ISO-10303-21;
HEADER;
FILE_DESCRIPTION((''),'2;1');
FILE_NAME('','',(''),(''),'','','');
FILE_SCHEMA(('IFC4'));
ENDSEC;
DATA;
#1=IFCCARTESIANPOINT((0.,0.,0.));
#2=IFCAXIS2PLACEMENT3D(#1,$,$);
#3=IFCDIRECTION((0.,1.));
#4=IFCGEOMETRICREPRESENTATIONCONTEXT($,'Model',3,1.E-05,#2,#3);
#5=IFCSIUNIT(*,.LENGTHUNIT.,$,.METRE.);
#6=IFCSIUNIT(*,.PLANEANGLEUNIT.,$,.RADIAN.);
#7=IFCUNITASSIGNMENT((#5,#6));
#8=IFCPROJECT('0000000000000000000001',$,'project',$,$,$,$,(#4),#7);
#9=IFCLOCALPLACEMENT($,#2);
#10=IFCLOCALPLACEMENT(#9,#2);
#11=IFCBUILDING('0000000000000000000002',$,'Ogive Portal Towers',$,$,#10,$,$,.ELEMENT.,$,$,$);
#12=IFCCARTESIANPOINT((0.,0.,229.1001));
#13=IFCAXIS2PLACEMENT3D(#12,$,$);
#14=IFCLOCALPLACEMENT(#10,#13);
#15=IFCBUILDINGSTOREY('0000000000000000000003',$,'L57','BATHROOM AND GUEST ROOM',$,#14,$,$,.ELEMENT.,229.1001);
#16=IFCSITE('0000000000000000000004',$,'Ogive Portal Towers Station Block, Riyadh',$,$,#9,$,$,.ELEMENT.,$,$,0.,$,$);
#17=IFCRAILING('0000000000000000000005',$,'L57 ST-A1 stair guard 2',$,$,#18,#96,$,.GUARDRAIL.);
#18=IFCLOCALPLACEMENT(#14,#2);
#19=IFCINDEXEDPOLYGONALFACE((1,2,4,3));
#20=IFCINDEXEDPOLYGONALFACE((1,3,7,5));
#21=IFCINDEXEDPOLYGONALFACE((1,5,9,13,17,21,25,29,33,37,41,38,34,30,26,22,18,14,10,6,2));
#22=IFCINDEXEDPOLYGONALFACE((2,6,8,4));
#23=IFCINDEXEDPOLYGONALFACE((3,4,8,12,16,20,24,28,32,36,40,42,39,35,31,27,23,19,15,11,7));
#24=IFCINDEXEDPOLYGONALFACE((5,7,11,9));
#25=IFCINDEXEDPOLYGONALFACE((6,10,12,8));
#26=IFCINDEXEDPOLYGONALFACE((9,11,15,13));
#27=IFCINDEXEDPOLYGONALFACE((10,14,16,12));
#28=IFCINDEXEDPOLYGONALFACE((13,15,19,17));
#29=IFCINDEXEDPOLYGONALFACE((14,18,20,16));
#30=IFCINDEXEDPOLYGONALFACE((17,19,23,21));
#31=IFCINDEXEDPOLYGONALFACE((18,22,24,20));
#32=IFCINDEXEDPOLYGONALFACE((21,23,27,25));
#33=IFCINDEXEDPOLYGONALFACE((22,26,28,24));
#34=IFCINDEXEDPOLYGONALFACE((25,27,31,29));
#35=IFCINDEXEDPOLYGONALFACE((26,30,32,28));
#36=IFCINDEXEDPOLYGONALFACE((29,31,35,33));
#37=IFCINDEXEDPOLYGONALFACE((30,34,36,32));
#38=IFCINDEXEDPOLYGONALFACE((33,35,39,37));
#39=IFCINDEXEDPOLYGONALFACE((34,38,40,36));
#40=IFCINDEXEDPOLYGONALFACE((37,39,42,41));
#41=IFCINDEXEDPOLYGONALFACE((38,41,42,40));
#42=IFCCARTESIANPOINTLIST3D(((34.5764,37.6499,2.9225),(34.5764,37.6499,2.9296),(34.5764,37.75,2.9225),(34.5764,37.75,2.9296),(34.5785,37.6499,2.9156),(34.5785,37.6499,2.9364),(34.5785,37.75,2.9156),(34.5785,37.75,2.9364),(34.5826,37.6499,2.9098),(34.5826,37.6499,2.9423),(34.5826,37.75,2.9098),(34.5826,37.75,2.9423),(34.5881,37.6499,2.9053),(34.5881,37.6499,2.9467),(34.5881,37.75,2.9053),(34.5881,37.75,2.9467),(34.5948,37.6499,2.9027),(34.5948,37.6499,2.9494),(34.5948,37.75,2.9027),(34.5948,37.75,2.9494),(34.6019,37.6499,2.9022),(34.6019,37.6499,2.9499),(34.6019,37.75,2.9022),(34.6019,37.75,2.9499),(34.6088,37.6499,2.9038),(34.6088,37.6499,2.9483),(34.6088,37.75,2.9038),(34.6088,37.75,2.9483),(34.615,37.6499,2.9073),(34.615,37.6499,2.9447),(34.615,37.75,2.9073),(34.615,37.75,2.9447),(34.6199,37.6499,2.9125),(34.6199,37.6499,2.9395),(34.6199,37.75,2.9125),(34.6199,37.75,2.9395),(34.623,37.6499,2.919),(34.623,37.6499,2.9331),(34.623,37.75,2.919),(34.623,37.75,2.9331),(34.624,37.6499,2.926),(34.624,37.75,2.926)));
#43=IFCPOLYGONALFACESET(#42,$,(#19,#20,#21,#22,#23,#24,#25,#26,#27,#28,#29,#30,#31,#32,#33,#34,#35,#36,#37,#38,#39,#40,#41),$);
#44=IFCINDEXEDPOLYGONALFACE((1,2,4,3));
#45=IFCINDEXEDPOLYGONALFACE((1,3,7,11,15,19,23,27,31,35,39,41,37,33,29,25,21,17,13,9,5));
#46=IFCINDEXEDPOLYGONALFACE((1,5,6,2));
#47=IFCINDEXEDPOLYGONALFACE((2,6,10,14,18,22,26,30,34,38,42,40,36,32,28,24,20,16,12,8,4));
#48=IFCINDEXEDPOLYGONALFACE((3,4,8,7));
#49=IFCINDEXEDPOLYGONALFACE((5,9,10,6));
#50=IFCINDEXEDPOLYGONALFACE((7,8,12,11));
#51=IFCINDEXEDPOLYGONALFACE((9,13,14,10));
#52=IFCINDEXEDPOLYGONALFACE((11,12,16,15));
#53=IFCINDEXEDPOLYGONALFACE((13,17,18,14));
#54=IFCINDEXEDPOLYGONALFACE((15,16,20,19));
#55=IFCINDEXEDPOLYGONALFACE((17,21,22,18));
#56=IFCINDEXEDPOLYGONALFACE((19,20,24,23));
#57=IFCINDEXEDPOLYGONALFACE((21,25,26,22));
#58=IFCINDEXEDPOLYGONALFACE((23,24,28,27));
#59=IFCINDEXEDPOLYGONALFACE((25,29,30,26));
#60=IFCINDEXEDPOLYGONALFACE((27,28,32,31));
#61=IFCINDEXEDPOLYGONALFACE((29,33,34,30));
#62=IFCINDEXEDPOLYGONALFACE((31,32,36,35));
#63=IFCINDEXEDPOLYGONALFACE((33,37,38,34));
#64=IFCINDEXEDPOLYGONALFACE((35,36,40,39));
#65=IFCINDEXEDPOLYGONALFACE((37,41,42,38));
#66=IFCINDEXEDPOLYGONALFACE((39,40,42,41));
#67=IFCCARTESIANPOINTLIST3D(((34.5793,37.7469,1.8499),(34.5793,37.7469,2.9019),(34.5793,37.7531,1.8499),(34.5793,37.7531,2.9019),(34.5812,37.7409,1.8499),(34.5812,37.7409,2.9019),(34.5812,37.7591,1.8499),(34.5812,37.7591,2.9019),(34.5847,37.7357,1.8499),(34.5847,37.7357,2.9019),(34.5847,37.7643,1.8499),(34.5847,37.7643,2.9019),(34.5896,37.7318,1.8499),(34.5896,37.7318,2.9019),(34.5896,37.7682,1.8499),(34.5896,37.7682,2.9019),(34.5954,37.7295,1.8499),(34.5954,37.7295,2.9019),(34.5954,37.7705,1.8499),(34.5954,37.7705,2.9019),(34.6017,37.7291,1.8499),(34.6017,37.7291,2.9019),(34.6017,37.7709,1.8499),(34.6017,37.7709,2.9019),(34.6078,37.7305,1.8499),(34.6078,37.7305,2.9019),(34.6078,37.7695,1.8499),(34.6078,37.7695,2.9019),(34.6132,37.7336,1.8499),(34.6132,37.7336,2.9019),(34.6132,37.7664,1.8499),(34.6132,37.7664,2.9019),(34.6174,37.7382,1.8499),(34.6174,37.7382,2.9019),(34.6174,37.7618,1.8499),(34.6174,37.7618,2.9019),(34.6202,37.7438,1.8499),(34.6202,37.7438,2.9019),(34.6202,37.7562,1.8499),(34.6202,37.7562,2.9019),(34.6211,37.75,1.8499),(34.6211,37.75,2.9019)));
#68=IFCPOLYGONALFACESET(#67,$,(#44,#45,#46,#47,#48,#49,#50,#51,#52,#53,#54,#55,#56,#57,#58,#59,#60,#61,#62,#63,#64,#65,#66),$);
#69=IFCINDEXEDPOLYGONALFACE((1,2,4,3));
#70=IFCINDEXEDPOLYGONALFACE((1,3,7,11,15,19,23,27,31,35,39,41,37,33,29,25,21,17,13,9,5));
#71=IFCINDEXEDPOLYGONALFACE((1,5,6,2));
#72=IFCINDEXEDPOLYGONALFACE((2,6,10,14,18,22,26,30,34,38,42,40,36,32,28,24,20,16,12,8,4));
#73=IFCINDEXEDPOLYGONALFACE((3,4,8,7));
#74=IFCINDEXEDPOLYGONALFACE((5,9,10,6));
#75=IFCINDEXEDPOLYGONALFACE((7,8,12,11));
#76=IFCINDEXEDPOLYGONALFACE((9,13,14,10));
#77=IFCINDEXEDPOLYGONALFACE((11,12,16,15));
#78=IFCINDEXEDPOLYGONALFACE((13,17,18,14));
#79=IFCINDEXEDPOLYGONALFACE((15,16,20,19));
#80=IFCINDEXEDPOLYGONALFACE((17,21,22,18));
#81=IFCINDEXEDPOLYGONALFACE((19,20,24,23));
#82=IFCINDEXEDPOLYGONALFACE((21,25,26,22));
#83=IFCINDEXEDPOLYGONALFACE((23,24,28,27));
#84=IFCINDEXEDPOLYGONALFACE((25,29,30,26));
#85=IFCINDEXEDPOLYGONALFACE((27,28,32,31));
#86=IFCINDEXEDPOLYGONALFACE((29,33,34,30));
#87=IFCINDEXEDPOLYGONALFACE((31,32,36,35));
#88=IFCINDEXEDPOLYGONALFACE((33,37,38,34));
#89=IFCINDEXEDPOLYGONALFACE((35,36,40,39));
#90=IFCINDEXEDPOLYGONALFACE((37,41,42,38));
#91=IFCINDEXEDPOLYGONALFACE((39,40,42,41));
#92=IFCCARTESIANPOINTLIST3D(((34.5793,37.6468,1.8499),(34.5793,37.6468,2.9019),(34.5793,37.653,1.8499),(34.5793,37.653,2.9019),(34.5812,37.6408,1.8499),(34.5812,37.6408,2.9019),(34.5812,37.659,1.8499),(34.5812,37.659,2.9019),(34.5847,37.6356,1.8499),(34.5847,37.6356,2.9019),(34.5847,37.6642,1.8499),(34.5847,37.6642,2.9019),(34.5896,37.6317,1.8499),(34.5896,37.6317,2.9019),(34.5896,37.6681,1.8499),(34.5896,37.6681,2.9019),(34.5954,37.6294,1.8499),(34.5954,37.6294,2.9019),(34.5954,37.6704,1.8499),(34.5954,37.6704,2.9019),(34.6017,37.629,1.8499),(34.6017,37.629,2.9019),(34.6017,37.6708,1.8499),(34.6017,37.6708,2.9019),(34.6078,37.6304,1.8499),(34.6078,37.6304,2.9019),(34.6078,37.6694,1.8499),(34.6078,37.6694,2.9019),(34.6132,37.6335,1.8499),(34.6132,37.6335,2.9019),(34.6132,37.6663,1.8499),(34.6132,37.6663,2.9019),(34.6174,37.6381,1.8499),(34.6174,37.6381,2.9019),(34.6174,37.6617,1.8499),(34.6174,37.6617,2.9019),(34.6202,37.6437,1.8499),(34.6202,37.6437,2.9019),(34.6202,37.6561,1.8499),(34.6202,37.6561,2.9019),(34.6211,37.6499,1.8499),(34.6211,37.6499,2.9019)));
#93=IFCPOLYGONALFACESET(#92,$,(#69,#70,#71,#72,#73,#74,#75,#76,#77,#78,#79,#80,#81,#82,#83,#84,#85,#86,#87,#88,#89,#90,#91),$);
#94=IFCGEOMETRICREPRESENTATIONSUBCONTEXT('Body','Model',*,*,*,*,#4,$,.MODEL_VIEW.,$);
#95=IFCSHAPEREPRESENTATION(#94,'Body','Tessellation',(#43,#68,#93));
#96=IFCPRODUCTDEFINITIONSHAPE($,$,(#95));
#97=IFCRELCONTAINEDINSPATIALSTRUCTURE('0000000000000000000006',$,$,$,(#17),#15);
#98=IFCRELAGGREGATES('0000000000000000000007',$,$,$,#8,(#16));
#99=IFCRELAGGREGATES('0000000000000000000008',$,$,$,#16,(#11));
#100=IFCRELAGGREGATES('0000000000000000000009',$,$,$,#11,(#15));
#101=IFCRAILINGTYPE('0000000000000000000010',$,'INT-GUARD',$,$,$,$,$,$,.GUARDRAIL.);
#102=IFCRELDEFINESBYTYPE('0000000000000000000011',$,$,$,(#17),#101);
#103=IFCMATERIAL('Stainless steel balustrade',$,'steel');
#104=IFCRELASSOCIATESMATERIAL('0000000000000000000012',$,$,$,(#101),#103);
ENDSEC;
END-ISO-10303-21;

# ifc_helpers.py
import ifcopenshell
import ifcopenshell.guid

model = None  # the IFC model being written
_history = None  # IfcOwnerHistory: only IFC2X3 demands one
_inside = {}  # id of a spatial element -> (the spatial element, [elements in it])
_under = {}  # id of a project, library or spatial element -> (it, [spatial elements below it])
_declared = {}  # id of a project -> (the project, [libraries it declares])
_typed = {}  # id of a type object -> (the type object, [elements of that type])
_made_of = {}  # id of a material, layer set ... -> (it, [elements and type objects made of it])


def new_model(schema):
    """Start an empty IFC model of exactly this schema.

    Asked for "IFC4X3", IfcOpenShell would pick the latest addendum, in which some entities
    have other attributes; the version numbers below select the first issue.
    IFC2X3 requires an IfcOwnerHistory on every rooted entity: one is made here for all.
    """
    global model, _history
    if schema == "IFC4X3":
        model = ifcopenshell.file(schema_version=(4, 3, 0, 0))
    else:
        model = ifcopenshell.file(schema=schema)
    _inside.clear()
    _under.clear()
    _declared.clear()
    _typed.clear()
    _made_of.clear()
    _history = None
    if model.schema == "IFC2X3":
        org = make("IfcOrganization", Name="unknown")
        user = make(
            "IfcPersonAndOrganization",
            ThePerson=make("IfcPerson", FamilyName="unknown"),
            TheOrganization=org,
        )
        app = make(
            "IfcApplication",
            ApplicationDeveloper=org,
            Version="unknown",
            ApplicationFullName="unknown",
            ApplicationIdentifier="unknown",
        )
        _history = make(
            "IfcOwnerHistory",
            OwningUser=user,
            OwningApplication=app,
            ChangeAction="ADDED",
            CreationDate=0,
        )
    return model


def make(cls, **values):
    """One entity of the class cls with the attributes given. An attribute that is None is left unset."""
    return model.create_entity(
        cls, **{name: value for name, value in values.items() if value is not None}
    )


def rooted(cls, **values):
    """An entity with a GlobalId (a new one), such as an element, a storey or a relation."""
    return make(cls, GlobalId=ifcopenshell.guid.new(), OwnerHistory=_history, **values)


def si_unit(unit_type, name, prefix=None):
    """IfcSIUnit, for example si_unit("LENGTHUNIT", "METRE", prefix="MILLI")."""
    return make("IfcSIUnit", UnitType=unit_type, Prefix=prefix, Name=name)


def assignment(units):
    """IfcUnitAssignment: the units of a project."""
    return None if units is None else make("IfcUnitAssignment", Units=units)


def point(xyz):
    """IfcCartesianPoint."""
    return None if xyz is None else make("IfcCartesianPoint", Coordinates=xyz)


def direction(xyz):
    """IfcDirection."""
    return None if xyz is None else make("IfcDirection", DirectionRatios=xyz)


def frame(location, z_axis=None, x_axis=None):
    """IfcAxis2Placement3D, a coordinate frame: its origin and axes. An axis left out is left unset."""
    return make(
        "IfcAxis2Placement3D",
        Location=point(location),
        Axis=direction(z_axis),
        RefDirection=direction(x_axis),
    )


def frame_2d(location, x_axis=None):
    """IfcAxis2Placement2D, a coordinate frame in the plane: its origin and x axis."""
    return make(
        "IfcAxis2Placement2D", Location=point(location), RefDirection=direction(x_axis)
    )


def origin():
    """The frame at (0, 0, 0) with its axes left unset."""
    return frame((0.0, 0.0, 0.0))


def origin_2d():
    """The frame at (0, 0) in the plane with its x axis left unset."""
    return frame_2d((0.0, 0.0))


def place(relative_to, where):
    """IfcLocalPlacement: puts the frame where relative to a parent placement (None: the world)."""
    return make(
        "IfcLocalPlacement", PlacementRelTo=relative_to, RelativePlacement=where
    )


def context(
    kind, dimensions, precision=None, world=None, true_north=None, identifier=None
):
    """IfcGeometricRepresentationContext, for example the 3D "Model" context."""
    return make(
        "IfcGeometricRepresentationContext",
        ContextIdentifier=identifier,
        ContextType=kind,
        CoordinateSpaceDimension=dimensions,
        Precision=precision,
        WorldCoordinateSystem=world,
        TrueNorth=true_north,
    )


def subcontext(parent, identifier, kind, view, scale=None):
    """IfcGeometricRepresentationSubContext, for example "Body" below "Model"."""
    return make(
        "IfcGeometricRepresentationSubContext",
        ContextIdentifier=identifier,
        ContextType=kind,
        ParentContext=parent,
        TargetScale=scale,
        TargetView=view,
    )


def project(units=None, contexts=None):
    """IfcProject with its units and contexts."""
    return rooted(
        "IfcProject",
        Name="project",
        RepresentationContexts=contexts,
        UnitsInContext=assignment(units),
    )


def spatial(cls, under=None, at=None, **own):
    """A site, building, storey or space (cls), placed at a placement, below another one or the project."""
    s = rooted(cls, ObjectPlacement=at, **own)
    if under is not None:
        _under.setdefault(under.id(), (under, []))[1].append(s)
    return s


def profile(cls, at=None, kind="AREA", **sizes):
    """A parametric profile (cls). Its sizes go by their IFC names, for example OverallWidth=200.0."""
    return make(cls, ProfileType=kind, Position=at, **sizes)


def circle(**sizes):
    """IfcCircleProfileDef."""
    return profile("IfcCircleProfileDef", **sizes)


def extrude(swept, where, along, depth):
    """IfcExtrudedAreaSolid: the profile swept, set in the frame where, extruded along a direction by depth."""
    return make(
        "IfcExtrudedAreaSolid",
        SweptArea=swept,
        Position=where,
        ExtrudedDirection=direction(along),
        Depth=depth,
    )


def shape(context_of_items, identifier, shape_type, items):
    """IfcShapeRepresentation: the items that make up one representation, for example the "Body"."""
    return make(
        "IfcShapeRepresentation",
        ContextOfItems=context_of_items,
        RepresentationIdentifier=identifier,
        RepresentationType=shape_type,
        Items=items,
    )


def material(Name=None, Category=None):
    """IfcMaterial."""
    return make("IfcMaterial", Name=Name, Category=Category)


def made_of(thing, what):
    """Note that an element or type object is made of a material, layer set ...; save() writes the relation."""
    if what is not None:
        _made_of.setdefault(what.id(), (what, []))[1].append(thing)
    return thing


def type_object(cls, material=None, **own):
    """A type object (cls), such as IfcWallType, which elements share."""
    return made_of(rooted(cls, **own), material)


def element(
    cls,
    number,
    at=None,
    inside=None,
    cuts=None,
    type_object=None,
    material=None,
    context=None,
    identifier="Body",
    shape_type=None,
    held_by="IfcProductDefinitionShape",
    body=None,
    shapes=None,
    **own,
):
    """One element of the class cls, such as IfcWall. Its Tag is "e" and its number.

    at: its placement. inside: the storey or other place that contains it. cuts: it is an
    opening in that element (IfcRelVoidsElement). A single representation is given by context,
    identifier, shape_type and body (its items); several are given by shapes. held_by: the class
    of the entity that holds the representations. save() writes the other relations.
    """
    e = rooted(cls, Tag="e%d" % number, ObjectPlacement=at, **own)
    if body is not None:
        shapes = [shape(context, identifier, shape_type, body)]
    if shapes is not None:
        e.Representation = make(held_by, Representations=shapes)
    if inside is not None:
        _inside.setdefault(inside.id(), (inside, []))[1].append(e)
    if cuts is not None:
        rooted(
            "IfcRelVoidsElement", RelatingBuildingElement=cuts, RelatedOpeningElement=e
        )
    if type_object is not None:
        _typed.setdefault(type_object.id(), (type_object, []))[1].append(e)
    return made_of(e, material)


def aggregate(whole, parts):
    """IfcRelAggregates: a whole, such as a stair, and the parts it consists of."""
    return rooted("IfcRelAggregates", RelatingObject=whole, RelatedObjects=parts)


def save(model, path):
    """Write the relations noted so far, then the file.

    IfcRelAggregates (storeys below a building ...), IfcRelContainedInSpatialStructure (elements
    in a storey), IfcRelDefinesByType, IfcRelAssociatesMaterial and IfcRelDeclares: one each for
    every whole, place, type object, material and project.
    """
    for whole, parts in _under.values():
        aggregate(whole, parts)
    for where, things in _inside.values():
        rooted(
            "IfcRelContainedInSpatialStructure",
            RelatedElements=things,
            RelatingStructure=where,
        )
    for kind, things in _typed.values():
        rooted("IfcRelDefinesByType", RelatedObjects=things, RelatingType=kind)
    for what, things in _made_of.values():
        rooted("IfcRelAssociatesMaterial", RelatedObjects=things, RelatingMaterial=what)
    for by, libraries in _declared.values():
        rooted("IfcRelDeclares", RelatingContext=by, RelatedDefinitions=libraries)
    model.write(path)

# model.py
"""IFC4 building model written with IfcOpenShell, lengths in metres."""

from ifc_helpers import new_model, si_unit, direction, frame, origin, origin_2d, place, context, subcontext, project, spatial, circle, extrude, material, type_object, element, save


model = new_model("IFC4")

# Units and contexts
model_context = context("Model", 3, precision=1e-05, world=origin(), true_north=direction((0.0, 1.0)))
body_context = subcontext(model_context, "Body", "Model", "MODEL_VIEW")
ifc_project = project(units=[si_unit("LENGTHUNIT", "METRE"), si_unit("PLANEANGLEUNIT", "RADIAN")], contexts=[model_context])

# Site, building, storey
site_placement = place(None, origin())
site = spatial("IfcSite", under=ifc_project, at=site_placement, Name="Ogive Portal Towers Station Block, Riyadh", CompositionType="ELEMENT", RefElevation=0.0)
building_placement = place(site_placement, origin())
building = spatial("IfcBuilding", under=site, at=building_placement, Name="Ogive Portal Towers", CompositionType="ELEMENT")
storey_placement = place(building_placement, frame((0.0, 0.0, 229.1001)))
storey = spatial("IfcBuildingStorey", under=building, at=storey_placement, Name="L57", Description="BATHROOM AND GUEST ROOM", CompositionType="ELEMENT", Elevation=229.1001)

# Railing
ifc_material_1 = material(Name="Stainless steel balustrade", Category="steel")
railing_type_1 = type_object("IfcRailingType", Name="INT-GUARD", PredefinedType="GUARDRAIL", material=ifc_material_1)
railing_1_placement = place(storey_placement, frame((34.6001, 37.75, 1.8499)))
element("IfcRailing", 1, at=railing_1_placement, inside=storey, type_object=railing_type_1, Name="L57 ST-A1 stair guard 2", PredefinedType="GUARDRAIL", context=body_context, shape_type="SweptSolid", body=[
    extrude(circle(Radius=0.0239, at=origin_2d()), frame((0.0, 0.0, 1.0762), z_axis=(0.0, -1.0, 0.0), x_axis=(1.0, 0.0, 0.0)), (0.0, 0.0, 1.0), 0.1001),
    extrude(circle(Radius=0.021, at=origin_2d()), origin(), (0.0, 0.0, 1.0), 1.052),
    extrude(circle(Radius=0.021, at=origin_2d()), frame((0.0, -0.1001, 0.0)), (0.0, 0.0, 1.0), 1.052),
])

save(model, "model.ifc")
